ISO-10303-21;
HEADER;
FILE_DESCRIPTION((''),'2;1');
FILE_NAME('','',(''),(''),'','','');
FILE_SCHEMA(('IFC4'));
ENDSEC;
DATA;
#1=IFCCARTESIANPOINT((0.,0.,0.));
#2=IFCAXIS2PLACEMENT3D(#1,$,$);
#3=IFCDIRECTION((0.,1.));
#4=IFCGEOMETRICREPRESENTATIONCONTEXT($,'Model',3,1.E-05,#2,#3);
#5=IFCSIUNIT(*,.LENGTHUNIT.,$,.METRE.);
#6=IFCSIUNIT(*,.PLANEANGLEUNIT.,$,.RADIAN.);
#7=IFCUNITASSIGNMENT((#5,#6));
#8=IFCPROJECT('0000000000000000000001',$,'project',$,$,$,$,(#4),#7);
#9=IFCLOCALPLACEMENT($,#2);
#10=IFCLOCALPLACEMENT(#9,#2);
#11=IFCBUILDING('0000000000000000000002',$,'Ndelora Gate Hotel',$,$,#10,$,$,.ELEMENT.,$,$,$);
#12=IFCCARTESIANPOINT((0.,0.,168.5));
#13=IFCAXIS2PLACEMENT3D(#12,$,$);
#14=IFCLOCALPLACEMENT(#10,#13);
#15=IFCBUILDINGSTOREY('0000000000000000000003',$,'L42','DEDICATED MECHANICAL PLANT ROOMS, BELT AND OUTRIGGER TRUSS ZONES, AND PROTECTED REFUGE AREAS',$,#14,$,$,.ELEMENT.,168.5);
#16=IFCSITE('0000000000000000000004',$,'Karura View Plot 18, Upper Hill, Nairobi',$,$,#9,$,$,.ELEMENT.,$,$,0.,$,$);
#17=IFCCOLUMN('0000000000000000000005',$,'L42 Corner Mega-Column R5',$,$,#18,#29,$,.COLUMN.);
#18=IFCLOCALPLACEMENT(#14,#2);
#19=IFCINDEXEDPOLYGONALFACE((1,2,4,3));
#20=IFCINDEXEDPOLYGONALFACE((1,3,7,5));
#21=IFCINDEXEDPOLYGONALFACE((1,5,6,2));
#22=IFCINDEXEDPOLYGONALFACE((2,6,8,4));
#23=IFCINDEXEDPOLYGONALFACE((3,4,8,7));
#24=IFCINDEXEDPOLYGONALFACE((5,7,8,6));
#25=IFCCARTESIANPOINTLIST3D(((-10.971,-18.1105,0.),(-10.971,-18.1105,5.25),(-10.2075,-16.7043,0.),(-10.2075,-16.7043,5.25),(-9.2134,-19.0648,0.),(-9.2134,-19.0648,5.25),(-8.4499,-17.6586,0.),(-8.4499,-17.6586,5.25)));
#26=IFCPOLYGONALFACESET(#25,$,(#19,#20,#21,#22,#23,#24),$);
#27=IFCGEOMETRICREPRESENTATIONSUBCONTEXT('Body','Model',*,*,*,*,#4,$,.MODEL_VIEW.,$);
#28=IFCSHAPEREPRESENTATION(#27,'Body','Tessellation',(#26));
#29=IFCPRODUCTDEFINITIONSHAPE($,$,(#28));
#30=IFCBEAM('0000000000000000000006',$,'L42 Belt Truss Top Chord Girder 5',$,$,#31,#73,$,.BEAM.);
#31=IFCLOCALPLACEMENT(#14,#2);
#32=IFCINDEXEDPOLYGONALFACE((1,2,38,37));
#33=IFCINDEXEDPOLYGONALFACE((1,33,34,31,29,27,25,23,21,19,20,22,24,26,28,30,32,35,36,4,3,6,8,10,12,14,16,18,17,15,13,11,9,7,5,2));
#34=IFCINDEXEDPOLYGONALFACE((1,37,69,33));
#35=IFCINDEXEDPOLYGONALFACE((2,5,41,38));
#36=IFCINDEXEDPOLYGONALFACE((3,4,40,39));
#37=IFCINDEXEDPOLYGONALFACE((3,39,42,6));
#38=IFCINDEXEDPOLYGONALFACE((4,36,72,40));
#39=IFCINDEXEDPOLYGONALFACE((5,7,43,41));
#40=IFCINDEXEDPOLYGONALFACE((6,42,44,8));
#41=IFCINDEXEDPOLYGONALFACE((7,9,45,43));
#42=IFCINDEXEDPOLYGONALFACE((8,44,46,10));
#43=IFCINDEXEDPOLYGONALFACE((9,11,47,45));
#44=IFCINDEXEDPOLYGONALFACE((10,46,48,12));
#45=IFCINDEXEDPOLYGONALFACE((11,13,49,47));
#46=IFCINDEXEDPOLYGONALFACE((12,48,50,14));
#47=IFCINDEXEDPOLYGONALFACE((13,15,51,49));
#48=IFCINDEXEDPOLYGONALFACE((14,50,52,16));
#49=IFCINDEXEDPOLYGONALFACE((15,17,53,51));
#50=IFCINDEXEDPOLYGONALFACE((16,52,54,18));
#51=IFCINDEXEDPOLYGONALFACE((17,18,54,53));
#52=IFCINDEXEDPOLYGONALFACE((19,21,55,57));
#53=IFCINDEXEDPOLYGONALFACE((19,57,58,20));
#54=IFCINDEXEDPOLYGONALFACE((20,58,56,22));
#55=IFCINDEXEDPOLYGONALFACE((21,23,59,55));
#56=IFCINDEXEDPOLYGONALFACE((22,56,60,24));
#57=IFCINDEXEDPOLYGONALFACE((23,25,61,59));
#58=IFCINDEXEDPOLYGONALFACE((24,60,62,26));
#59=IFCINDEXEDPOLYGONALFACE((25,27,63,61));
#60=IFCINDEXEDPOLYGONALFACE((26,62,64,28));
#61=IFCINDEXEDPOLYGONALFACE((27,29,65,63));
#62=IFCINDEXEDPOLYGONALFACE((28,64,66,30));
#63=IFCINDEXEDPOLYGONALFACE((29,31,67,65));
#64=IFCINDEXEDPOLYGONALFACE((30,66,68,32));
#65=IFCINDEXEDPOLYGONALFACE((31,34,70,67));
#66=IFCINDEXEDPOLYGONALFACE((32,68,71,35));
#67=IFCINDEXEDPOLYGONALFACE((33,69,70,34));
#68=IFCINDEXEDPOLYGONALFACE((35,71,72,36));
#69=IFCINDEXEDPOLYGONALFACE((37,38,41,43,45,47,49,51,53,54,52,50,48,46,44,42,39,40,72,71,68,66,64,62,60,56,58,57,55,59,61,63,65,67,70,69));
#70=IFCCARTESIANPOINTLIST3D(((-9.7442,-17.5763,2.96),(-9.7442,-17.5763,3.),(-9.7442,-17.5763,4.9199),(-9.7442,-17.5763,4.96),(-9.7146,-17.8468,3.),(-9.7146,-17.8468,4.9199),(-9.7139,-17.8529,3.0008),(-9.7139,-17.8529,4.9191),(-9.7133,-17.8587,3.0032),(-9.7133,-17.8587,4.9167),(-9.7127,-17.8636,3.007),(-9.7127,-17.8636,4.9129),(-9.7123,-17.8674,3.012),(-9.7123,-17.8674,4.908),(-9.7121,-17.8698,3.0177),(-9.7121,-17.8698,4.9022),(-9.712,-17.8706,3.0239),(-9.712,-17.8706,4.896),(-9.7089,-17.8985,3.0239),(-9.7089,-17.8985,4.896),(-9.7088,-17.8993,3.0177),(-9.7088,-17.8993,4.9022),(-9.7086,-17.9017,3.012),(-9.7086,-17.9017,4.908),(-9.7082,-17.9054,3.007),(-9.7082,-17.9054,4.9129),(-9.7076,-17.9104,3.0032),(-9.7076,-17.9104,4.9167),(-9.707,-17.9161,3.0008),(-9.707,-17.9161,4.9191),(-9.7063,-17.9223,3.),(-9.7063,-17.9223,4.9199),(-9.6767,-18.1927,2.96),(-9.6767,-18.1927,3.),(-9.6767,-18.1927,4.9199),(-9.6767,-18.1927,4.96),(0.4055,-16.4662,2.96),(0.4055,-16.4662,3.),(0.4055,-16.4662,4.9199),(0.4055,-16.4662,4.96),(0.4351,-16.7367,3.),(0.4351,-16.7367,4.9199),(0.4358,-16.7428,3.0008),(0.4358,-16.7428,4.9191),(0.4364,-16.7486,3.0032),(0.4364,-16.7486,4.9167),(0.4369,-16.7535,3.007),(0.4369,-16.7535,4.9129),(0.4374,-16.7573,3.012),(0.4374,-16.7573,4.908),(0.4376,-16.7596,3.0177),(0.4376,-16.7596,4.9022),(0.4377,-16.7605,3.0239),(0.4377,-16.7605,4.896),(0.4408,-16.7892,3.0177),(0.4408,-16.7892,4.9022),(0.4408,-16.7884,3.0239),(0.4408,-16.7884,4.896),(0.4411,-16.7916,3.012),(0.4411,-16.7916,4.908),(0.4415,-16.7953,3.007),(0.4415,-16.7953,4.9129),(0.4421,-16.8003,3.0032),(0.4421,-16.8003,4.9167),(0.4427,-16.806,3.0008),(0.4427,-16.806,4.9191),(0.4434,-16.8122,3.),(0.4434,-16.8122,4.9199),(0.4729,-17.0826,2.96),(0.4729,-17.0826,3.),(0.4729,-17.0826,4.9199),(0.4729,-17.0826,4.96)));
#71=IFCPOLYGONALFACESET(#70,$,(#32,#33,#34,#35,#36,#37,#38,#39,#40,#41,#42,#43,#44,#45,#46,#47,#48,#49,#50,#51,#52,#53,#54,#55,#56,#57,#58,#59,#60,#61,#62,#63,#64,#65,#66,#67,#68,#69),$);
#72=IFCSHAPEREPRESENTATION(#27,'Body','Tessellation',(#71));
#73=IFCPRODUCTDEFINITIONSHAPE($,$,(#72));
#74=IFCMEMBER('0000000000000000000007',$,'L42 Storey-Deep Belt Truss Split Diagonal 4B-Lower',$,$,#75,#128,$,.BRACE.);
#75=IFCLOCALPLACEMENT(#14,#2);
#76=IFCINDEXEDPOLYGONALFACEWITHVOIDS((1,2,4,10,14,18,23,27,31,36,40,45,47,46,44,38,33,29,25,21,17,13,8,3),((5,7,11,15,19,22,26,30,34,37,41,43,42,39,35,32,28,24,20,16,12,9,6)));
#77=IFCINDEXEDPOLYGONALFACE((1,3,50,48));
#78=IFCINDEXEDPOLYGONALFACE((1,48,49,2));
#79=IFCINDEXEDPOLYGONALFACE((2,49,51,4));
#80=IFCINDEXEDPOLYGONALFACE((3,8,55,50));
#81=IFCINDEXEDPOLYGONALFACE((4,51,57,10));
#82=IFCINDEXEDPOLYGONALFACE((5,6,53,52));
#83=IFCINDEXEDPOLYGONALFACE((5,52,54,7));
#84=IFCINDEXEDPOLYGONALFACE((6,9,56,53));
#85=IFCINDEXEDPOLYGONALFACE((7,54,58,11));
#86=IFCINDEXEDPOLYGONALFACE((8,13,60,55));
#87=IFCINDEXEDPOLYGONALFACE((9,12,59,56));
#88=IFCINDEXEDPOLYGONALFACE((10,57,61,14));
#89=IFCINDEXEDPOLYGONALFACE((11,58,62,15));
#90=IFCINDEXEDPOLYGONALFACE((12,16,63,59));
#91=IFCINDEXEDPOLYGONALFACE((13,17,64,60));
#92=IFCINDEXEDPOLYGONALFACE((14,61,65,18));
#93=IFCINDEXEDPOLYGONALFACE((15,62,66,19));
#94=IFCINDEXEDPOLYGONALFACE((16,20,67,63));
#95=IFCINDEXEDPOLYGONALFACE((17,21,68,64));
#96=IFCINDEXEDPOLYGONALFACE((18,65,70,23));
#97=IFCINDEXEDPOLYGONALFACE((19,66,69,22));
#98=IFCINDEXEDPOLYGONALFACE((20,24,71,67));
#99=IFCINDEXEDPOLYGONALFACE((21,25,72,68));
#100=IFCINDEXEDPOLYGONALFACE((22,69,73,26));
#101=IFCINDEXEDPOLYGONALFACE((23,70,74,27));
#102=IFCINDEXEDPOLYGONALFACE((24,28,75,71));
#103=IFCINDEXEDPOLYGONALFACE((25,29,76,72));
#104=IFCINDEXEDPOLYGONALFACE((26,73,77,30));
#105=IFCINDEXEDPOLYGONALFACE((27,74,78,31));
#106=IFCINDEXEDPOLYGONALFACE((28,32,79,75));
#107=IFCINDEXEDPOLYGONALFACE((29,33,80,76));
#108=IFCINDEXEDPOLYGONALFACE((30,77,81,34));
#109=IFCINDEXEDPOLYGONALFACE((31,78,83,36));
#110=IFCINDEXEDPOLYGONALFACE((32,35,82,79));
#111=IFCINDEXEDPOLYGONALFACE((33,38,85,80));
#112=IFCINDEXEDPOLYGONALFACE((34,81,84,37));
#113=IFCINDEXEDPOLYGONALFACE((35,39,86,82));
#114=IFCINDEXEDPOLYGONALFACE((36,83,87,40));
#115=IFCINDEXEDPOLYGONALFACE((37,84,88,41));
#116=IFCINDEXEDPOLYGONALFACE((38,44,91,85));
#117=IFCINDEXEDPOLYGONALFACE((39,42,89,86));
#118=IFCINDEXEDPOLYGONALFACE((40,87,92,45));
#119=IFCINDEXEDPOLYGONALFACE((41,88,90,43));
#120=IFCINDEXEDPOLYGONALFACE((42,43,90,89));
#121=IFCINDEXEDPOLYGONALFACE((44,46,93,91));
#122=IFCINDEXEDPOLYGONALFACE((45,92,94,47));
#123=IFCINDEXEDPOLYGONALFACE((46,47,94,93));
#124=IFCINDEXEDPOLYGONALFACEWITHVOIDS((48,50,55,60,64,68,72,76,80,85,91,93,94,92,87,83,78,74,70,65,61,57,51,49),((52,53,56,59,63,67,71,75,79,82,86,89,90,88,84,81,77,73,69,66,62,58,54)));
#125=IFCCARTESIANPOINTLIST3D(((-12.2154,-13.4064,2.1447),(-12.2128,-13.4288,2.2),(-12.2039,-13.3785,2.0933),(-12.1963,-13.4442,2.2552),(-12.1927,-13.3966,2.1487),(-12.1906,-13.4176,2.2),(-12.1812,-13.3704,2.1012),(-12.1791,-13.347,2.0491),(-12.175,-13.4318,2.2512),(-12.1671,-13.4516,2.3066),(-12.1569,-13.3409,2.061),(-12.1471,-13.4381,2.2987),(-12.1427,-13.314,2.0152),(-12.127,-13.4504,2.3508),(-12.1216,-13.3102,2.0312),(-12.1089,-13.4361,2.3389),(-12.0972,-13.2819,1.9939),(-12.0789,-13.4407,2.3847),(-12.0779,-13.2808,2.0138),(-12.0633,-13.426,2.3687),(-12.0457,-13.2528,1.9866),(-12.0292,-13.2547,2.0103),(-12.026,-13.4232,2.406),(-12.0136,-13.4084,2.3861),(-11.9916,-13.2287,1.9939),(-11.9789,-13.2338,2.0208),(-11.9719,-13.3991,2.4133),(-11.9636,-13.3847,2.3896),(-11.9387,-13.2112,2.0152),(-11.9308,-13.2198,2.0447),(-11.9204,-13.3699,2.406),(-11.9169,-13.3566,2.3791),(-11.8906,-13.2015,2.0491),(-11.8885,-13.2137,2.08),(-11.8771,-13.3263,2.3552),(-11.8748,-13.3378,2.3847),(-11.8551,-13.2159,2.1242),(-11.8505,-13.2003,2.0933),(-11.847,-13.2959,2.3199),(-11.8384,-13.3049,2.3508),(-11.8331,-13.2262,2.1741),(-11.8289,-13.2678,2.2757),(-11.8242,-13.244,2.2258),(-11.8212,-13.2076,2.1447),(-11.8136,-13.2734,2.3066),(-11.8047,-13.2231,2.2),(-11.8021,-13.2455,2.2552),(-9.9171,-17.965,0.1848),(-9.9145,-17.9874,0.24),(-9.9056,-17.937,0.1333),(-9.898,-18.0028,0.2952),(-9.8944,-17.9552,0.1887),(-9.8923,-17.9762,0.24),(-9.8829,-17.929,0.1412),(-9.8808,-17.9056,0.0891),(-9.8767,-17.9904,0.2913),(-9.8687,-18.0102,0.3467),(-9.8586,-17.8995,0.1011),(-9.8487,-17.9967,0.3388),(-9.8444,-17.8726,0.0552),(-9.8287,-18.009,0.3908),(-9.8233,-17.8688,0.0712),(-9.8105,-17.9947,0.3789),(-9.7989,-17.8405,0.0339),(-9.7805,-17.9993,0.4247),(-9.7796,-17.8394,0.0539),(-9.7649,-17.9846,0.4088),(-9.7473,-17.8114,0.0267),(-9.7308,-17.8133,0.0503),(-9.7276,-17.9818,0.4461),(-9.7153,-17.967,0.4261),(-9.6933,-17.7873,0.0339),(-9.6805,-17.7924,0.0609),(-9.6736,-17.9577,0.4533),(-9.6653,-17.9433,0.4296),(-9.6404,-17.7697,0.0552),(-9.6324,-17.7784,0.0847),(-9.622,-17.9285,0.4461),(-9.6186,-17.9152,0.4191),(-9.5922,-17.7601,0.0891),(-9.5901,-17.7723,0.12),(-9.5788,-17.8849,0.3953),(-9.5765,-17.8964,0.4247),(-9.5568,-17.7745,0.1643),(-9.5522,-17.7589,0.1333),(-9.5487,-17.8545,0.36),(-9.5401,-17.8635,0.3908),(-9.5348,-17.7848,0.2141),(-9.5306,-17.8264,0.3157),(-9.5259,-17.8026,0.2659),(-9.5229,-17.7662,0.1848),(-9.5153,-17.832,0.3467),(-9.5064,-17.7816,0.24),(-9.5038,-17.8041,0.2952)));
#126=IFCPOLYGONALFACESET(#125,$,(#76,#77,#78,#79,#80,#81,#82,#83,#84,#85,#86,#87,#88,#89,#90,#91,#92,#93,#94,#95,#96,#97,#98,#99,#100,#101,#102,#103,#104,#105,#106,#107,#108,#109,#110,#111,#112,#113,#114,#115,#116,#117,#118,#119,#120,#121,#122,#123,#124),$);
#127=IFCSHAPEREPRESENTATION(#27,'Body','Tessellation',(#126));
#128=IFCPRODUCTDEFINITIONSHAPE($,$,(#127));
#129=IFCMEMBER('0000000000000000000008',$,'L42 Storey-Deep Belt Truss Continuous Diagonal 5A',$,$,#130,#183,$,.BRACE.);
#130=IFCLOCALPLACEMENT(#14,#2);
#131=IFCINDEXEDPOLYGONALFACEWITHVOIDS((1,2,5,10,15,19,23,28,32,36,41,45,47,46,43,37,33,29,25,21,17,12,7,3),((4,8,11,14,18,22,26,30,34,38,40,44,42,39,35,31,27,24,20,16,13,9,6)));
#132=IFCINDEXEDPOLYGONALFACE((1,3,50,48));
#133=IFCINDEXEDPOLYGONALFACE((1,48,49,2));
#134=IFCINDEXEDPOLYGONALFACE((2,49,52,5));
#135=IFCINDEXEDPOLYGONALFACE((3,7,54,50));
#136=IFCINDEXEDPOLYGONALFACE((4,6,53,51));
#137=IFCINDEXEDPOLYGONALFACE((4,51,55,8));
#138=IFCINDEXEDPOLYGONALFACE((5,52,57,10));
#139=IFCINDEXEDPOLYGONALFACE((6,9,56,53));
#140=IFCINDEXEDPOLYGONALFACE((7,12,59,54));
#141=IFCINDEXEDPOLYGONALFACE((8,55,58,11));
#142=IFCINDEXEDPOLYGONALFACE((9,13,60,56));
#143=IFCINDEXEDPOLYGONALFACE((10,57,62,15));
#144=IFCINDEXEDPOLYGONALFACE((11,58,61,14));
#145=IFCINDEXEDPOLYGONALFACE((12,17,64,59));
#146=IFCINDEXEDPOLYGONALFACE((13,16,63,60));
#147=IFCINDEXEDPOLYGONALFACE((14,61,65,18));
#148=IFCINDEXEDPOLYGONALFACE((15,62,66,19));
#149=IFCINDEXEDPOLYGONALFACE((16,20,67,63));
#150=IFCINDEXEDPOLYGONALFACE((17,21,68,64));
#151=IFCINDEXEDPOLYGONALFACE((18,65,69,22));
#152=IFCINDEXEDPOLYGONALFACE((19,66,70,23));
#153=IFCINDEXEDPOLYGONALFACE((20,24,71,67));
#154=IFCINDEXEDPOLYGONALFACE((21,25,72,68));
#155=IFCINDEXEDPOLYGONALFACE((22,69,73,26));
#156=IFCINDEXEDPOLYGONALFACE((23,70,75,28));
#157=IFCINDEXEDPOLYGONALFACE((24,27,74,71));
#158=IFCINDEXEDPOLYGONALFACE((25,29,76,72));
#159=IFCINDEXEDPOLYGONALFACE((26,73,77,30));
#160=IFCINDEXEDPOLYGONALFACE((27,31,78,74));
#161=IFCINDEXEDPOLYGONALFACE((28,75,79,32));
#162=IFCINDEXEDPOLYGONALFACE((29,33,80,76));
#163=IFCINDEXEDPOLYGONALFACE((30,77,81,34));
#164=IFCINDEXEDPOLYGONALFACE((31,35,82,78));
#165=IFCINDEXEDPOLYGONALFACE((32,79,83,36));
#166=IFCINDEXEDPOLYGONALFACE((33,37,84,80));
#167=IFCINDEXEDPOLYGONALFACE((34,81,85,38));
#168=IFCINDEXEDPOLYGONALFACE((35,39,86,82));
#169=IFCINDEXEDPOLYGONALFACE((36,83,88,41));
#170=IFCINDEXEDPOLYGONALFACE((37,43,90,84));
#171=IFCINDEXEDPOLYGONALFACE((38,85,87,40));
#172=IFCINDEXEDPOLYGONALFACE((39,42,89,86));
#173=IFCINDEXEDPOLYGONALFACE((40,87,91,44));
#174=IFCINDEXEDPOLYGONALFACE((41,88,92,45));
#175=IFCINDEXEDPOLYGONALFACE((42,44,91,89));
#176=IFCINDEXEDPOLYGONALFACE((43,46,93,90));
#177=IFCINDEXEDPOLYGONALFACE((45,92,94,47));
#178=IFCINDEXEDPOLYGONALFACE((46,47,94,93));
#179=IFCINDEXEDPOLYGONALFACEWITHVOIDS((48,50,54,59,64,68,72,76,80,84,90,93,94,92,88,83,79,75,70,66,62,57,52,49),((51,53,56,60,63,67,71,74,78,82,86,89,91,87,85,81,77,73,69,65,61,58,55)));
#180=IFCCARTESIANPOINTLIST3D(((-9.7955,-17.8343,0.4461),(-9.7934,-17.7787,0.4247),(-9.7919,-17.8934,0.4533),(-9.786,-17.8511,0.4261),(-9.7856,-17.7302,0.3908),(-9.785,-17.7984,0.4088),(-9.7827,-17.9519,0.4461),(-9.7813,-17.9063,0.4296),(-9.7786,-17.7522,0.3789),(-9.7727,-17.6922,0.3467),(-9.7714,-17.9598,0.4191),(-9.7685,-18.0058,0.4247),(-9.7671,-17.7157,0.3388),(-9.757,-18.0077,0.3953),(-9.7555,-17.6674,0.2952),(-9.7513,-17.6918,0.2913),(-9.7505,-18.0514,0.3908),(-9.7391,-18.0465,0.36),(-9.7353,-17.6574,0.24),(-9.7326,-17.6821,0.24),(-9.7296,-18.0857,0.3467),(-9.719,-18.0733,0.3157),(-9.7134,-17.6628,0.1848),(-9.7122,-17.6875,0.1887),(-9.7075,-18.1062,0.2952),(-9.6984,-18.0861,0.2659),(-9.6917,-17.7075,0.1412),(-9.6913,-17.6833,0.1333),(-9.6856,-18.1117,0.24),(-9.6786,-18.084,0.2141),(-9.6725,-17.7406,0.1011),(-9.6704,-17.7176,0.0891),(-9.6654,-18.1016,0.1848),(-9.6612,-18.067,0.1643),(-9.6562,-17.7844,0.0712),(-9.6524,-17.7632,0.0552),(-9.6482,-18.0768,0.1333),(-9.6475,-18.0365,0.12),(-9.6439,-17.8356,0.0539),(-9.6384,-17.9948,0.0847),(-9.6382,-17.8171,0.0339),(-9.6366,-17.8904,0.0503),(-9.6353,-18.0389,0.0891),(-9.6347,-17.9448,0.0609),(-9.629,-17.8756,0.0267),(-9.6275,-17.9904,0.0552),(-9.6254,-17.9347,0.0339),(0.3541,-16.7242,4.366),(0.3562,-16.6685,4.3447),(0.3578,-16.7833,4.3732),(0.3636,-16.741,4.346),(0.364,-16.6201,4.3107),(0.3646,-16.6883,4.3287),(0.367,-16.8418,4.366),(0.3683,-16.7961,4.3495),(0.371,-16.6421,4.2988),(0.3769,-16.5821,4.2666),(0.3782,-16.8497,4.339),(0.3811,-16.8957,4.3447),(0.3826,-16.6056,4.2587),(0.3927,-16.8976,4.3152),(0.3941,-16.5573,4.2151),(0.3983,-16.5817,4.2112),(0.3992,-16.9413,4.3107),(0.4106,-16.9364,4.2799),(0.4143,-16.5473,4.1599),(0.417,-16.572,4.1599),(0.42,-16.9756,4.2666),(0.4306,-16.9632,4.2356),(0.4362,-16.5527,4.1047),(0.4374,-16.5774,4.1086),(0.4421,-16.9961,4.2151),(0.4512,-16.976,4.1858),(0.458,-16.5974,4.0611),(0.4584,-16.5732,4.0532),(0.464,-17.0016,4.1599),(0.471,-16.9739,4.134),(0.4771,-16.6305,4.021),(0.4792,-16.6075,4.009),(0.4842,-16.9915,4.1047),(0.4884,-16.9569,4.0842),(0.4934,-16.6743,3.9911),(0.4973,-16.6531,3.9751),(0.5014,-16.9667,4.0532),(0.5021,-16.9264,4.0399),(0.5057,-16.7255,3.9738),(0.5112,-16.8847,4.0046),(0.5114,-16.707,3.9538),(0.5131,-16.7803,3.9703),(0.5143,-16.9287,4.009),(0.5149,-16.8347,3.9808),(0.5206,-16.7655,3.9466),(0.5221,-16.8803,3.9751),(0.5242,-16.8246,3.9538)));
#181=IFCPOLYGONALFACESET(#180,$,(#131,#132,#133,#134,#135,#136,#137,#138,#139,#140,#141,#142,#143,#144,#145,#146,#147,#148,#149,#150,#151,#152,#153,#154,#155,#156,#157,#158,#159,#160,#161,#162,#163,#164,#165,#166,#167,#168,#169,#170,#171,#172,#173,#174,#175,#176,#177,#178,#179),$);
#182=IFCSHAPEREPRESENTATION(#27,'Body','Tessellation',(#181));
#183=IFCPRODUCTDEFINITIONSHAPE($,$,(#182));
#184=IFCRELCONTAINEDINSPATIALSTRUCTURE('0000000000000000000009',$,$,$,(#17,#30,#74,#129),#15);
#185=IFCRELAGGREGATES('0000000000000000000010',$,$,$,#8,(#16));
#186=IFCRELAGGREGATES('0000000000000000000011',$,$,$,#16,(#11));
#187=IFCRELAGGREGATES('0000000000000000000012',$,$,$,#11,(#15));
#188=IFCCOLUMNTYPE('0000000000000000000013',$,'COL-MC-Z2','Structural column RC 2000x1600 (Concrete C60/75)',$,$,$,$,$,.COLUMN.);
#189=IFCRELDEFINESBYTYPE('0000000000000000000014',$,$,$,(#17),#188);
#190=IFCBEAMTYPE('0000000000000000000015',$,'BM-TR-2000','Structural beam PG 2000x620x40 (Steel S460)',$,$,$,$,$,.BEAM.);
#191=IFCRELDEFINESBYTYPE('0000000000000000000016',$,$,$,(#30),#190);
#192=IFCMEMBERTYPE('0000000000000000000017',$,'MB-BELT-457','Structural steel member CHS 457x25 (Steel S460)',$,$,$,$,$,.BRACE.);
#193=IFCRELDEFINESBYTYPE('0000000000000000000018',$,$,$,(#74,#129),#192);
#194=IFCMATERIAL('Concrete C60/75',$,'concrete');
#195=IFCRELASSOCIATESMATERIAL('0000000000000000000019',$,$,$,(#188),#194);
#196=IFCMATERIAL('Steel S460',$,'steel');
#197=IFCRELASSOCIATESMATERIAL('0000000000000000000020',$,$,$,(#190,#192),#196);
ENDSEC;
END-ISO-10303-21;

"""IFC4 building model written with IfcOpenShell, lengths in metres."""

from ifc_helpers import new_model, si_unit, direction, frame, origin, origin_2d, place, context, subcontext, project, spatial, rectangle, hollow_circle, i_section, extrude, material, material_profile, profile_set, type_object, element, save


model = new_model("IFC4")

# Units and contexts
model_context = context("Model", 3, precision=1e-05, world=origin(), true_north=direction((0.0, 1.0)))
body_context = subcontext(model_context, "Body", "Model", "MODEL_VIEW")
ifc_project = project(units=[si_unit("LENGTHUNIT", "METRE"), si_unit("PLANEANGLEUNIT", "RADIAN")], contexts=[model_context])

# Site, building, storey
site_placement = place(None, origin())
site = spatial("IfcSite", under=ifc_project, at=site_placement, Name="Karura View Plot 18, Upper Hill, Nairobi", CompositionType="ELEMENT", RefElevation=0.0)
building_placement = place(site_placement, origin())
building = spatial("IfcBuilding", under=site, at=building_placement, Name="Ndelora Gate Hotel", CompositionType="ELEMENT")
storey_placement = place(building_placement, frame((0.0, 0.0, 168.5)))
storey = spatial("IfcBuildingStorey", under=building, at=storey_placement, Name="L42", Description="DEDICATED MECHANICAL PLANT ROOMS, BELT AND OUTRIGGER TRUSS ZONES, AND PROTECTED REFUGE AREAS", CompositionType="ELEMENT", Elevation=168.5)

# Column
ifc_material_1 = material(Name="Concrete C60/75", Category="concrete")
ifc_material_profile_1 = material_profile(ifc_material_1, rectangle(XDim=1.6001, YDim=2.0, at=origin_2d()), Name="RC 2000x1600")
ifc_profile_set_1 = profile_set([ifc_material_profile_1], Name="Concrete C60/75")
column_type = type_object("IfcColumnType", Name="COL-MC-Z2", Description="Structural column RC 2000x1600 (Concrete C60/75)", PredefinedType="COLUMN", material=ifc_profile_set_1)
column_placement = place(storey_placement, frame((-9.7104, -17.8845, 0.0), z_axis=(0.0, 0.0, 1.0), x_axis=(0.477159, 0.878817, 0.0)))
element("IfcColumn", 1, at=column_placement, inside=storey, type_object=column_type, Name="L42 Corner Mega-Column R5", PredefinedType="COLUMN", context=body_context, shape_type="SweptSolid", body=[
    extrude(rectangle(XDim=1.6001, YDim=2.0, at=origin_2d()), origin(), (0.0, 0.0, 1.0), 5.25),
])

# Beam
ifc_material_2 = material(Name="Steel S460", Category="steel")
ifc_material_profile_2 = material_profile(ifc_material_2, i_section(OverallWidth=0.6201, OverallDepth=2.0, WebThickness=0.0281, FlangeThickness=0.04, FilletRadius=0.0239, at=origin_2d()), Name="PG 2000x620x40")
ifc_profile_set_2 = profile_set([ifc_material_profile_2], Name="Steel S460")
beam_type = type_object("IfcBeamType", Name="BM-TR-2000", Description="Structural beam PG 2000x620x40 (Steel S460)", PredefinedType="BEAM", material=ifc_profile_set_2)
beam_placement = place(storey_placement, frame((-9.7104, -17.8845, 3.96), z_axis=(0.994072, 0.108725, 0.0), x_axis=(-0.108725, 0.994072, 0.0)))
element("IfcBeam", 2, at=beam_placement, inside=storey, type_object=beam_type, Name="L42 Belt Truss Top Chord Girder 5", PredefinedType="BEAM", context=body_context, shape_type="SweptSolid", body=[
    extrude(i_section(OverallWidth=0.6201, OverallDepth=2.0, WebThickness=0.0281, FlangeThickness=0.04, FilletRadius=0.0239, at=origin_2d()), origin(), (0.0, 0.0, 1.0), 10.2102),
])

# Members
ifc_material_profile_3 = material_profile(ifc_material_2, hollow_circle(Radius=0.2285, WallThickness=0.0249, at=origin_2d()), Name="CHS 457x25")
ifc_profile_set_3 = profile_set([ifc_material_profile_3], Name="Steel S460")
member_type = type_object("IfcMemberType", Name="MB-BELT-457", Description="Structural steel member CHS 457x25 (Steel S460)", PredefinedType="BRACE", material=ifc_profile_set_3)
member_1_placement = place(storey_placement, frame((-9.7104, -17.8845, 0.24), z_axis=(-0.420286, 0.833608, 0.358409), x_axis=(-0.89293, -0.450195, 0.0)))
element("IfcMember", 3, at=member_1_placement, inside=storey, type_object=member_type, Name="L42 Storey-Deep Belt Truss Split Diagonal 4B-Lower", PredefinedType="BRACE", context=body_context, shape_type="SweptSolid", body=[
    extrude(hollow_circle(Radius=0.2285, WallThickness=0.0249, at=origin_2d()), origin(), (0.0, 0.0, 1.0), 5.4685),
])
member_2_placement = place(storey_placement, frame((-9.7104, -17.8845, 0.24), z_axis=(0.928028, 0.101502, 0.358416), x_axis=(-0.108725, 0.994072, 0.0)))
element("IfcMember", 4, at=member_2_placement, inside=storey, type_object=member_type, Name="L42 Storey-Deep Belt Truss Continuous Diagonal 5A", PredefinedType="BRACE", context=body_context, shape_type="SweptSolid", body=[
    extrude(hollow_circle(Radius=0.2285, WallThickness=0.0249, at=origin_2d()), origin(), (0.0, 0.0, 1.0), 10.9368),
])

save(model, "model.ifc")
